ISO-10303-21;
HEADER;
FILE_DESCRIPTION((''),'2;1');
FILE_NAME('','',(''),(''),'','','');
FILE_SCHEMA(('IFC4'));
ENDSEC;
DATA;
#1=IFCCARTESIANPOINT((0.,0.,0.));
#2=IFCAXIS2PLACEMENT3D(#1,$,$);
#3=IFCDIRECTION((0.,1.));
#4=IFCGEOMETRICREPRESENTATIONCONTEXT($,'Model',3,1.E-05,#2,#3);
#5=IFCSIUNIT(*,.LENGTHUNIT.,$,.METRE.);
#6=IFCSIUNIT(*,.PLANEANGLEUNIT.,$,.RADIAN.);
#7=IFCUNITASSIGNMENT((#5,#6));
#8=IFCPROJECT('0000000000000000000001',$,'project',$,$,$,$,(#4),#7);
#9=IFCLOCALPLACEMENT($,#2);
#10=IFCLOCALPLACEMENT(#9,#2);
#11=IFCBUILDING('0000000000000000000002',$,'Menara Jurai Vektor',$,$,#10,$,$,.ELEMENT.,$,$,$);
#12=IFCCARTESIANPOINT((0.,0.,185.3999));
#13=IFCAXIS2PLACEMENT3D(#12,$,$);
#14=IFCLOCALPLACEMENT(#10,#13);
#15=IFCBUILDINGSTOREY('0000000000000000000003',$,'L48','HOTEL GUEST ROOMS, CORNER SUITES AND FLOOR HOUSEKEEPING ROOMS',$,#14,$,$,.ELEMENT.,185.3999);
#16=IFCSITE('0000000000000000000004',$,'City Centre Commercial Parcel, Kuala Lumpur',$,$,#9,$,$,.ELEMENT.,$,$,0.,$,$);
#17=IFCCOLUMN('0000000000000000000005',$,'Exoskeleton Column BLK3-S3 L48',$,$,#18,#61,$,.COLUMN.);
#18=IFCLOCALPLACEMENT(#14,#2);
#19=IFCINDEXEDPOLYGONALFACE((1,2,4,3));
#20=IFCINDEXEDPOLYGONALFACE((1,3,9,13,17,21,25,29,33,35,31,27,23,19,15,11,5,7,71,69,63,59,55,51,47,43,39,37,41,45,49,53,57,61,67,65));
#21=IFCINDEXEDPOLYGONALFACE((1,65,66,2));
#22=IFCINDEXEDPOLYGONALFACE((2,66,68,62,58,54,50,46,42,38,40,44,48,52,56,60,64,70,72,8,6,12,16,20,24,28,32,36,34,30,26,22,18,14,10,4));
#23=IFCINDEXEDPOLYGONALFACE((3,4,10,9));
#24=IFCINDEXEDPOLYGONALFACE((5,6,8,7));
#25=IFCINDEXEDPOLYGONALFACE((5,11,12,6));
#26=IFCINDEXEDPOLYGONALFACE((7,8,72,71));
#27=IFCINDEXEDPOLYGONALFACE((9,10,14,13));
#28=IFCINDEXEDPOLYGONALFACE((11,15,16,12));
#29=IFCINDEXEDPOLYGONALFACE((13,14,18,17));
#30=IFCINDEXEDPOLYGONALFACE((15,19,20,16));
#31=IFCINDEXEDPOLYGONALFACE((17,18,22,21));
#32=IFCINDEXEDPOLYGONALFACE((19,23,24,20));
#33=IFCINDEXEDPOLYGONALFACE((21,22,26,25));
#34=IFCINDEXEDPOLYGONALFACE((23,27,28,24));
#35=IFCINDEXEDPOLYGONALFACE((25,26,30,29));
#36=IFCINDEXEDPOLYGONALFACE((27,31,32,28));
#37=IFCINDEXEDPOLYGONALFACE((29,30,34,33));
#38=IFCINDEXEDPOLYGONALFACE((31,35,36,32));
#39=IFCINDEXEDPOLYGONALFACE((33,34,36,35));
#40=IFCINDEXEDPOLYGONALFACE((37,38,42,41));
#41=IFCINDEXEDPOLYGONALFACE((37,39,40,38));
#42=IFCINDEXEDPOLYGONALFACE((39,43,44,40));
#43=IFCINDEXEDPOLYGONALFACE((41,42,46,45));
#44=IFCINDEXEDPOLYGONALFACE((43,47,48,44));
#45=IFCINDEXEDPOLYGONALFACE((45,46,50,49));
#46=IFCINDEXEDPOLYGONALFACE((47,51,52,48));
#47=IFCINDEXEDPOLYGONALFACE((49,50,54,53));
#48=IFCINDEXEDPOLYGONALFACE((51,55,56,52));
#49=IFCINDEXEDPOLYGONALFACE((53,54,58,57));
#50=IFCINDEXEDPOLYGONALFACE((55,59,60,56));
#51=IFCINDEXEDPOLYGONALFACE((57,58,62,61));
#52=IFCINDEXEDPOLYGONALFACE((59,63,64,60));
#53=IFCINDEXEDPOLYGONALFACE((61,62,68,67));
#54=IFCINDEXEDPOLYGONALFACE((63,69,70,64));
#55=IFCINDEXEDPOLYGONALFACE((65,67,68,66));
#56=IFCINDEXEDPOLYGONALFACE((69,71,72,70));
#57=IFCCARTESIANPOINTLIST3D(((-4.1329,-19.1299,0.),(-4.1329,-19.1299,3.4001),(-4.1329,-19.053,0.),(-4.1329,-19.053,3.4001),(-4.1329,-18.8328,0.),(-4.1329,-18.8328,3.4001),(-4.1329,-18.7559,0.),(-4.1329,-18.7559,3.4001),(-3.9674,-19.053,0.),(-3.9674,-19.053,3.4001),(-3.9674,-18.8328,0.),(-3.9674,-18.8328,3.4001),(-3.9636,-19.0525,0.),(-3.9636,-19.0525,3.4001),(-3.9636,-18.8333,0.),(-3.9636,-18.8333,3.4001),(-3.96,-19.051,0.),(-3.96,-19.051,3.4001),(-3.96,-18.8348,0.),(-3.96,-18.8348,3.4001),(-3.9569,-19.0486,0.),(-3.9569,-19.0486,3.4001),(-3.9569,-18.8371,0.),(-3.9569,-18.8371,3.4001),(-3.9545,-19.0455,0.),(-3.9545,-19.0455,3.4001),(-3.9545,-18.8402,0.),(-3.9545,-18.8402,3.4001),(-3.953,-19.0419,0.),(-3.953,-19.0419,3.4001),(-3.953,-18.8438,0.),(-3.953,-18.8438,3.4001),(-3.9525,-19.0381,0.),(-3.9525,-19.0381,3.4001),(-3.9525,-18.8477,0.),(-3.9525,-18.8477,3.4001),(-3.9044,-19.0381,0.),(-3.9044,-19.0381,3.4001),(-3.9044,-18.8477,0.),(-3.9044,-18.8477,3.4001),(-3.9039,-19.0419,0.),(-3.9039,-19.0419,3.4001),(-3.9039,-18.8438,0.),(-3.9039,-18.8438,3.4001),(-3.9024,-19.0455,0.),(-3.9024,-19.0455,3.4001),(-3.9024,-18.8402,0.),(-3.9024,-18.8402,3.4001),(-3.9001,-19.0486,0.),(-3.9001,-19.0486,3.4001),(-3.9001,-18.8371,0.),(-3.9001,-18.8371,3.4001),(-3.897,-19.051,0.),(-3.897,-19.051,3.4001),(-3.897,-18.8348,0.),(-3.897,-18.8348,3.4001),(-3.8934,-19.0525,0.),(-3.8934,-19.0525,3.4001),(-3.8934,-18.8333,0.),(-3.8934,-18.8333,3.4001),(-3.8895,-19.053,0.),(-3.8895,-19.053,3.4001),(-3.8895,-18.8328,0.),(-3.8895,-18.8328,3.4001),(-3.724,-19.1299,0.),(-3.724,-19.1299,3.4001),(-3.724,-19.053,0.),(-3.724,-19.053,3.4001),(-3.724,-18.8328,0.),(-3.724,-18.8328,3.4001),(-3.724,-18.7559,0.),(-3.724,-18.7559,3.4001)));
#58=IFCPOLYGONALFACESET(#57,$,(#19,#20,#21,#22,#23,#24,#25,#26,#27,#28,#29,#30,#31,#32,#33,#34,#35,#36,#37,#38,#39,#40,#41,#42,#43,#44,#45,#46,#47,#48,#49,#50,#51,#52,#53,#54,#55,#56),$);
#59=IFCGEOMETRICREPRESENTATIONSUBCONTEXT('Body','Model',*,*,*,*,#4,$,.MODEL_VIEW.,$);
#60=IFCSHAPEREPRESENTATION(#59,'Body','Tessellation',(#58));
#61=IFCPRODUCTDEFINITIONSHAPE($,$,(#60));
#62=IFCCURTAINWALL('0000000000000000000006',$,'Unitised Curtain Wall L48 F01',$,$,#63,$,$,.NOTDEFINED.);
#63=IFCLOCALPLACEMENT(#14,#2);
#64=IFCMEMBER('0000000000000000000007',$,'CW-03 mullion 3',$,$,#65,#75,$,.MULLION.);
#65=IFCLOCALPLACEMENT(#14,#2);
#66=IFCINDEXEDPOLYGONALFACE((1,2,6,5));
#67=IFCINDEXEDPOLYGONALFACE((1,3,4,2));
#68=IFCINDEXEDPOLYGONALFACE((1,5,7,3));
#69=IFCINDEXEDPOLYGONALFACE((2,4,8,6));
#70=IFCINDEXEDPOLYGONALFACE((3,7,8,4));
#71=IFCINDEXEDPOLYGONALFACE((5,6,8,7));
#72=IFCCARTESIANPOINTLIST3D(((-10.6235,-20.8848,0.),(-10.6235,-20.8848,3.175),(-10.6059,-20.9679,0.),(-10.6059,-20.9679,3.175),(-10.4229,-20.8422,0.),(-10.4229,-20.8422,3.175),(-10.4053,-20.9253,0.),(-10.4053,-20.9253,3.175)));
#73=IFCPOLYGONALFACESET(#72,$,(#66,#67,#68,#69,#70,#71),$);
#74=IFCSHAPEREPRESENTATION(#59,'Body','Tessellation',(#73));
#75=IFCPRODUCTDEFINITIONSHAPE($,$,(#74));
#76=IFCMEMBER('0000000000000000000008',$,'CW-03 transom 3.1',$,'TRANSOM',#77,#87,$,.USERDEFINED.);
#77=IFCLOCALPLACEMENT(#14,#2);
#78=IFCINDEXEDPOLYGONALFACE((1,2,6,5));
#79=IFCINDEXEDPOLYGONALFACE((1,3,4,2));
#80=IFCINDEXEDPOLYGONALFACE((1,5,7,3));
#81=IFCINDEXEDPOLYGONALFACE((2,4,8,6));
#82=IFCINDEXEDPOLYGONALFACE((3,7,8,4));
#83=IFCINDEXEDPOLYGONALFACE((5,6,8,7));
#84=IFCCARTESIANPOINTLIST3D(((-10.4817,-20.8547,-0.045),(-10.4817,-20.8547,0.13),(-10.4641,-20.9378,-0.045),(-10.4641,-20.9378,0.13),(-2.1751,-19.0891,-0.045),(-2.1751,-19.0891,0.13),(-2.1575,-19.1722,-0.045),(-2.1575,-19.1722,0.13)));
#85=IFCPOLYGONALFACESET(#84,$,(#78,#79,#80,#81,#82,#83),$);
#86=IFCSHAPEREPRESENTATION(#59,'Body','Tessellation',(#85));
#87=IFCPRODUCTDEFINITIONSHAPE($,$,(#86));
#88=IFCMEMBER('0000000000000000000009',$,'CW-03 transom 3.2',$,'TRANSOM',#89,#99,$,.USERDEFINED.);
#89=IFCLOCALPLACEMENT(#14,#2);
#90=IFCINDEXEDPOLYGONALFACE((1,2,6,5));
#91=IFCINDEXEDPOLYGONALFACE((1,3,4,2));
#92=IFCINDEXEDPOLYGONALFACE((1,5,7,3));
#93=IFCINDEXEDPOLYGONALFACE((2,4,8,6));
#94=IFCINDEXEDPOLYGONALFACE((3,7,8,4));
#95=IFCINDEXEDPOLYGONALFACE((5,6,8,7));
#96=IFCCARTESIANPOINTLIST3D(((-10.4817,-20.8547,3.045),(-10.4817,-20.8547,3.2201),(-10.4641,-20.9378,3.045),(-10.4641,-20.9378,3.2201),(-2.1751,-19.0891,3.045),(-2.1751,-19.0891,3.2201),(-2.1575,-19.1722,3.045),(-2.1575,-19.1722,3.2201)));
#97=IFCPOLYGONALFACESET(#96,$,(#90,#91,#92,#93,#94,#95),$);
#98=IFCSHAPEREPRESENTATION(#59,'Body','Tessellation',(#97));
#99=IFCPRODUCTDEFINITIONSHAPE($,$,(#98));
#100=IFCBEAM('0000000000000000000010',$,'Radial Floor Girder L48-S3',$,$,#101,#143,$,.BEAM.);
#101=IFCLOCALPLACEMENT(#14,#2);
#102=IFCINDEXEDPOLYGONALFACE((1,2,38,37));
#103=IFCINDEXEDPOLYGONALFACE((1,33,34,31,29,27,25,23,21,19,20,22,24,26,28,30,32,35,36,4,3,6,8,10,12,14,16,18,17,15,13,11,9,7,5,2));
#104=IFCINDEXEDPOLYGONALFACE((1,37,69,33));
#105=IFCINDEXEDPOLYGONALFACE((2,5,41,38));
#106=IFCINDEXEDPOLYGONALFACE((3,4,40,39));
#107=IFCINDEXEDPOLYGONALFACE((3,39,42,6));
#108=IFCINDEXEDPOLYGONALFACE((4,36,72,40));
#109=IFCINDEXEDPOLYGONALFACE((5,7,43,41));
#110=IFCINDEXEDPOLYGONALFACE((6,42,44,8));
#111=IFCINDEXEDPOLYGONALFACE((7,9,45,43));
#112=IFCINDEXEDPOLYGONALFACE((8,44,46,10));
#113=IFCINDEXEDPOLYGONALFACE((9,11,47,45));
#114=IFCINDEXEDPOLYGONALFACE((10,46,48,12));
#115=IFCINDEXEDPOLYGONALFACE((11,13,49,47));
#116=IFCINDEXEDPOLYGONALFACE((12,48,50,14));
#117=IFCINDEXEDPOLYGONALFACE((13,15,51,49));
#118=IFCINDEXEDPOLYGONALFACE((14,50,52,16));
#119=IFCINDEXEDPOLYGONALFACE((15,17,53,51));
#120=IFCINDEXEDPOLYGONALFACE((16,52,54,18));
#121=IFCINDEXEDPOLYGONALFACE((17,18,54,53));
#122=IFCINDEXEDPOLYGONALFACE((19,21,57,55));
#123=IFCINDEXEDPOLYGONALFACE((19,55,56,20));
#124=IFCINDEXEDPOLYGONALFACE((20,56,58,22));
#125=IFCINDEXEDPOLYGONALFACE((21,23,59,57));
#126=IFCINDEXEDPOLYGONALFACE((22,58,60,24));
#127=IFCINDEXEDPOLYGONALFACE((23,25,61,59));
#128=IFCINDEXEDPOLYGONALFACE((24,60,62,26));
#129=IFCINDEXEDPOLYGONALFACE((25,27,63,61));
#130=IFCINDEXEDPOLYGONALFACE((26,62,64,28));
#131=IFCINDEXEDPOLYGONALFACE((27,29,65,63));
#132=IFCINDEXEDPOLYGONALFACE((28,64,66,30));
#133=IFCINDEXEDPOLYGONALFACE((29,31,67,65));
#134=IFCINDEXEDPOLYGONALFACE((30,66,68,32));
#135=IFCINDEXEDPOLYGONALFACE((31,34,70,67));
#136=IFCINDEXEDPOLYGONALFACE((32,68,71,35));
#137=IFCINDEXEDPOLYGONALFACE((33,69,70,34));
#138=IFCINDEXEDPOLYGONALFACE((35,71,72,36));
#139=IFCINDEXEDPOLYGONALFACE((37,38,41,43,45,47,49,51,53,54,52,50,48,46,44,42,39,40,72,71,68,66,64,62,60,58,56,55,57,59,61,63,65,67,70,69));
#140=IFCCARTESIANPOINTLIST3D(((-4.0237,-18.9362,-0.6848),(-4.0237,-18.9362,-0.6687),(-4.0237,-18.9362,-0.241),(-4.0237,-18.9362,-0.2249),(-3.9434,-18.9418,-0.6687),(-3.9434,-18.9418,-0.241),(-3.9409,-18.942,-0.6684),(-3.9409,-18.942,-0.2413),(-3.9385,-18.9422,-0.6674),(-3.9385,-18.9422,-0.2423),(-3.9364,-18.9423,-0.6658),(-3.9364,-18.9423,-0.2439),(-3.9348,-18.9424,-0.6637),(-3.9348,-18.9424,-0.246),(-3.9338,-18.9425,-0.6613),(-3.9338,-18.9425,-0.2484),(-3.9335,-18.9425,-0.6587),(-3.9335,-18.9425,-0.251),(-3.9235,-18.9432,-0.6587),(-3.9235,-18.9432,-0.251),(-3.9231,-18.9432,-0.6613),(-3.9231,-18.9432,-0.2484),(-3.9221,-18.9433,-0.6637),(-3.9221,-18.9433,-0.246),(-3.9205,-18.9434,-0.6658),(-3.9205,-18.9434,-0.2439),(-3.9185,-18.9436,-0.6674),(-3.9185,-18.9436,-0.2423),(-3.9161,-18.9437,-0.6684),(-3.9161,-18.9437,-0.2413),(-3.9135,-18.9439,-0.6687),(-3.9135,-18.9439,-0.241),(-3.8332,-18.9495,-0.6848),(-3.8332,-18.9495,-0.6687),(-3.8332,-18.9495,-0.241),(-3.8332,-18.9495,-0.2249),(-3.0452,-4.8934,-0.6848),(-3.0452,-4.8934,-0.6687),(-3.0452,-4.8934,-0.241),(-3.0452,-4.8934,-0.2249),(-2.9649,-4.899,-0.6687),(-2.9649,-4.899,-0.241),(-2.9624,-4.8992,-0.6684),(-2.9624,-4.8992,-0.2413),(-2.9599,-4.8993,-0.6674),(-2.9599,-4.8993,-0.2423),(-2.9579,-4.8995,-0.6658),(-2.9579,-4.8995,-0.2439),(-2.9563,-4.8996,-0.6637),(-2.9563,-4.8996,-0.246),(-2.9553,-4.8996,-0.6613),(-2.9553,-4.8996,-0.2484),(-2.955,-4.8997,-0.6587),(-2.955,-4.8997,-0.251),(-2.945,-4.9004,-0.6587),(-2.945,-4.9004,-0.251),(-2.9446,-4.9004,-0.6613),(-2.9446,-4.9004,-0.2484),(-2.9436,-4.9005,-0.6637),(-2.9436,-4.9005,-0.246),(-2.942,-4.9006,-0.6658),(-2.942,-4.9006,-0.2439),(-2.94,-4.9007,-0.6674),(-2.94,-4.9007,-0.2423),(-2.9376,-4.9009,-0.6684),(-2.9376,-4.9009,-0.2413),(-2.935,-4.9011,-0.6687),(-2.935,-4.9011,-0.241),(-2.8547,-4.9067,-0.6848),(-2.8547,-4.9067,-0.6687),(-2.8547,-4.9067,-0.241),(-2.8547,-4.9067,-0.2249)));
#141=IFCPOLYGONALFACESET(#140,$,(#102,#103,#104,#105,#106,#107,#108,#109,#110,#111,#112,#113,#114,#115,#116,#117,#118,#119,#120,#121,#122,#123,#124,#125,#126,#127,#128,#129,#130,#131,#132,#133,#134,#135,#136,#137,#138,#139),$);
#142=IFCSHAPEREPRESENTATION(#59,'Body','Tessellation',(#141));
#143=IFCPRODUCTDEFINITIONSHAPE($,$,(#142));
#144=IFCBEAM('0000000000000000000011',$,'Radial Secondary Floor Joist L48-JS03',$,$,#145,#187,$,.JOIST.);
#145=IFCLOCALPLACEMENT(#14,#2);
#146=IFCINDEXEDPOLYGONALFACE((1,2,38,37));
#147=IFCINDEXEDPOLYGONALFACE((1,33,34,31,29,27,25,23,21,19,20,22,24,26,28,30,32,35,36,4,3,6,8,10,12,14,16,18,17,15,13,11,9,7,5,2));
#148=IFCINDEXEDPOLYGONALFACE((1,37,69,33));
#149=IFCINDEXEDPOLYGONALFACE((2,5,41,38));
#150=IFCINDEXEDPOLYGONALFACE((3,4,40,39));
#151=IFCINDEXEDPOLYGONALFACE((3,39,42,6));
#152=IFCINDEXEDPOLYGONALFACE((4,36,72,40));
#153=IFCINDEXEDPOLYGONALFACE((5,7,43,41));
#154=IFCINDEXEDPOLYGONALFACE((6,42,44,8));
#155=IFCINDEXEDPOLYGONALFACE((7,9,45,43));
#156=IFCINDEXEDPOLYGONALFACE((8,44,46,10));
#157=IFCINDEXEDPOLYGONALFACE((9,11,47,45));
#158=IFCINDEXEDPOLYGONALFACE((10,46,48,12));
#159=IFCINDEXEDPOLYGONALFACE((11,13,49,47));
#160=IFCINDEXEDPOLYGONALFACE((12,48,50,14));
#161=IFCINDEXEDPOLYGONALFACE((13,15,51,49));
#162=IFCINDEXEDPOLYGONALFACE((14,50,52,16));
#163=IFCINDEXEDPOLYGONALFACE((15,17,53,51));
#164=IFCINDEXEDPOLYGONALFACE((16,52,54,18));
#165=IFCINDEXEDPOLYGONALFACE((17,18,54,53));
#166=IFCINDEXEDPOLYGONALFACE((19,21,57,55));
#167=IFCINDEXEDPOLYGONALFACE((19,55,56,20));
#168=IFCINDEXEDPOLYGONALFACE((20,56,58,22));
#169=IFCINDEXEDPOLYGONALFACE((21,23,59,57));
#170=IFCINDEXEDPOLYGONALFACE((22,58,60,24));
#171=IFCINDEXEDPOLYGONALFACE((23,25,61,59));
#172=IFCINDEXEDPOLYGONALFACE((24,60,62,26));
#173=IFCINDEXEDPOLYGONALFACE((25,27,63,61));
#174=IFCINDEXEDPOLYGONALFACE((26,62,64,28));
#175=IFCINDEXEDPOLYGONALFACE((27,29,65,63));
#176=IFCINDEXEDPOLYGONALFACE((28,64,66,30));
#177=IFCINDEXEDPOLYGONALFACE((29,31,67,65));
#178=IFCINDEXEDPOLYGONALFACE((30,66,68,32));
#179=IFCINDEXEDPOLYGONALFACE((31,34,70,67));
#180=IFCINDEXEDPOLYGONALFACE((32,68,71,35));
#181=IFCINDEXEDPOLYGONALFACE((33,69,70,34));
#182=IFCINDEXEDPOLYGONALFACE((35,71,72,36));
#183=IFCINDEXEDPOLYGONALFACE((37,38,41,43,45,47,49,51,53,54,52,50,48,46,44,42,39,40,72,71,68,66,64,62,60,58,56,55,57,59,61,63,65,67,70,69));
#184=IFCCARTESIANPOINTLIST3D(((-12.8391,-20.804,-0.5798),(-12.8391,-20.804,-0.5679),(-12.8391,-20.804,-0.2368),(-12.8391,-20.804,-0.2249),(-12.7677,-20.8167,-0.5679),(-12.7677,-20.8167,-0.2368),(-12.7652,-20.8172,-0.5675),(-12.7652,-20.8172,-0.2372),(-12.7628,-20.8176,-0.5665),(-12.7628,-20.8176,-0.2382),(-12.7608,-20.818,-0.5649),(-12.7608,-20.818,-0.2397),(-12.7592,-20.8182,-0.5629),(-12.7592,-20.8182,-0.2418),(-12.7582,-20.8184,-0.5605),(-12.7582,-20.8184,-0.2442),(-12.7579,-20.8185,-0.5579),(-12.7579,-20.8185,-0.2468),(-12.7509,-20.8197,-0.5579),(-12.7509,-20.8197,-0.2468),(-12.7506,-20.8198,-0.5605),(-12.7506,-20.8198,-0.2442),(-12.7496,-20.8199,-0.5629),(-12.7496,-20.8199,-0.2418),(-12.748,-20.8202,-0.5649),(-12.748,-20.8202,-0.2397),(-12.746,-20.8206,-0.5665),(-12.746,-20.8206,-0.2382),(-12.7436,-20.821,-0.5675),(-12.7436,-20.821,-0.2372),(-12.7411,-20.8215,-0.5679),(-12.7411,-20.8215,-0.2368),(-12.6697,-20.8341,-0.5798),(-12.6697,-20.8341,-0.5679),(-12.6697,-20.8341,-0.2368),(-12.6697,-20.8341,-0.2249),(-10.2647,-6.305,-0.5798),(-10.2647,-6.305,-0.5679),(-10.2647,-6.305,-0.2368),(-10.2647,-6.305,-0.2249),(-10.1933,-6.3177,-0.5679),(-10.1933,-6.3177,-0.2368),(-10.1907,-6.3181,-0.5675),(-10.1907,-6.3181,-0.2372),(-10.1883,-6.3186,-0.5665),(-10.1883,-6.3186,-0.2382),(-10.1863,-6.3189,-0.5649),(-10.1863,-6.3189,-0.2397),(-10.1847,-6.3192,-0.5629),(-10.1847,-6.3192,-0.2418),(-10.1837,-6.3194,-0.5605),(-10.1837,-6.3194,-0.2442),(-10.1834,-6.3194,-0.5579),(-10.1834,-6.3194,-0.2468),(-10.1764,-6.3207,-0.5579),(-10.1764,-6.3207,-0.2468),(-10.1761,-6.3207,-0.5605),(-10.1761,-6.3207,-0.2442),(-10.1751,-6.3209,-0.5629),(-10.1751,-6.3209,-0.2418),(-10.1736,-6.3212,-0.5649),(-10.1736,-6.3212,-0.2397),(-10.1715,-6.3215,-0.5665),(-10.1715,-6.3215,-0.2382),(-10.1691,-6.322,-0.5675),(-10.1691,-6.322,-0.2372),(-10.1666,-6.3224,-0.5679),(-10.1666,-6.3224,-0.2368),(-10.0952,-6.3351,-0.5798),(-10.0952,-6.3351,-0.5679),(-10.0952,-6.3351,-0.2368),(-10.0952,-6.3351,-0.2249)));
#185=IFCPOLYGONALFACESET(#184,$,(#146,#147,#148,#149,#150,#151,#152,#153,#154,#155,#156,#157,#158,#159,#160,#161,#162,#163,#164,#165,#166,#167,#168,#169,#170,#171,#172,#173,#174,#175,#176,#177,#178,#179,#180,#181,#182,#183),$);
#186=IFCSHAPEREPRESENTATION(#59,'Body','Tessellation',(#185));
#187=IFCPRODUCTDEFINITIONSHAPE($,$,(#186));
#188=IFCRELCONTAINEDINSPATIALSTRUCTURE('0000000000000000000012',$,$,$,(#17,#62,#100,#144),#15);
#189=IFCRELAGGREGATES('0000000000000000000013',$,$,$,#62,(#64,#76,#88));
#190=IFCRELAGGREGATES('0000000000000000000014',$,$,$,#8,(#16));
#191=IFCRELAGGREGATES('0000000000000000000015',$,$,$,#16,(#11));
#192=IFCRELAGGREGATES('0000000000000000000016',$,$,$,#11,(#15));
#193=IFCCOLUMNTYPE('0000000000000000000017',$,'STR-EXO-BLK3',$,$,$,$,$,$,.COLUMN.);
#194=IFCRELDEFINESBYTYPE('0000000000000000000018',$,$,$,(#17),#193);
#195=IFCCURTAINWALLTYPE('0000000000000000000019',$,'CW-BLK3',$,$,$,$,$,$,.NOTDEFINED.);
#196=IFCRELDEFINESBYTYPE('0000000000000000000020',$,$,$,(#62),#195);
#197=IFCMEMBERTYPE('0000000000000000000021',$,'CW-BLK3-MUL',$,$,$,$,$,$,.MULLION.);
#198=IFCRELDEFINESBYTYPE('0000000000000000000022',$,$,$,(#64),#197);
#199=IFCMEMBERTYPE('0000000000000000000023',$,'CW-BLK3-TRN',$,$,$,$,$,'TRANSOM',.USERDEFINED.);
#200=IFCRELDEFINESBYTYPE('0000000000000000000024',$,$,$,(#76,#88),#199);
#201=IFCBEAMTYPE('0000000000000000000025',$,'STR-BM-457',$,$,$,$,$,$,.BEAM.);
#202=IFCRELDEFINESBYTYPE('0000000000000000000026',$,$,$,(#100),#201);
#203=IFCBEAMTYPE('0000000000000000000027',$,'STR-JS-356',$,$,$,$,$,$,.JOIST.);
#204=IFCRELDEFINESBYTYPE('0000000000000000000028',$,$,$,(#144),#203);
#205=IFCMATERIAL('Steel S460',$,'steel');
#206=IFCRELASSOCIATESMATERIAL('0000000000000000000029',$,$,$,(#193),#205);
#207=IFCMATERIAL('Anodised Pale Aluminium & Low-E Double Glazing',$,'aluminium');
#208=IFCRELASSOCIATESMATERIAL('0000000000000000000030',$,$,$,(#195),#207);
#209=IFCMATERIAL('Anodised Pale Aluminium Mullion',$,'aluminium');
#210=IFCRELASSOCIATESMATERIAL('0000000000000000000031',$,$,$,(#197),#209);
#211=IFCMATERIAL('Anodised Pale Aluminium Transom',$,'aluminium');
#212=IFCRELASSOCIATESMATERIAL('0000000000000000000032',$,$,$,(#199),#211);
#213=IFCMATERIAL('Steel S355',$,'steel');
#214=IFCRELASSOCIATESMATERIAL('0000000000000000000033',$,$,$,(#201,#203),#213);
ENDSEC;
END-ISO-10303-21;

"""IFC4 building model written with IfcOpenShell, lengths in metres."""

from ifc_helpers import new_model, si_unit, direction, frame, origin, origin_2d, place, context, subcontext, project, spatial, rectangle, i_section, extrude, material, material_profile, profile_set, type_object, element, aggregate, save


model = new_model("IFC4")

# Units and contexts
model_context = context("Model", 3, precision=1e-05, world=origin(), true_north=direction((0.0, 1.0)))
body_context = subcontext(model_context, "Body", "Model", "MODEL_VIEW")
ifc_project = project(units=[si_unit("LENGTHUNIT", "METRE"), si_unit("PLANEANGLEUNIT", "RADIAN")], contexts=[model_context])

# Site, building, storey
site_placement = place(None, origin())
site = spatial("IfcSite", under=ifc_project, at=site_placement, Name="City Centre Commercial Parcel, Kuala Lumpur", CompositionType="ELEMENT", RefElevation=0.0)
building_placement = place(site_placement, origin())
building = spatial("IfcBuilding", under=site, at=building_placement, Name="Menara Jurai Vektor", CompositionType="ELEMENT")
storey_placement = place(building_placement, frame((0.0, 0.0, 185.3999)))
storey = spatial("IfcBuildingStorey", under=building, at=storey_placement, Name="L48", Description="HOTEL GUEST ROOMS, CORNER SUITES AND FLOOR HOUSEKEEPING ROOMS", CompositionType="ELEMENT", Elevation=185.3999)

# Column
ifc_material_1 = material(Name="Steel S460", Category="steel")
ifc_material_profile_1 = material_profile(ifc_material_1, i_section(OverallWidth=0.4089, OverallDepth=0.374, WebThickness=0.0481, FlangeThickness=0.0769, FilletRadius=0.0149, at=origin_2d()), Name="HD 400x634")
ifc_profile_set_1 = profile_set([ifc_material_profile_1], Name="Steel S460")
column_type = type_object("IfcColumnType", Name="STR-EXO-BLK3", PredefinedType="COLUMN", material=ifc_profile_set_1)
column_placement = place(storey_placement, frame((-3.9285, -18.9429, 0.0), z_axis=(0.0, 0.0, 1.0), x_axis=(1.0, 0.0, 0.0)))
element("IfcColumn", 1, at=column_placement, inside=storey, type_object=column_type, Name="Exoskeleton Column BLK3-S3 L48", PredefinedType="COLUMN", context=body_context, shape_type="SweptSolid", body=[
    extrude(i_section(OverallWidth=0.4089, OverallDepth=0.374, WebThickness=0.0481, FlangeThickness=0.0769, FilletRadius=0.0149, at=origin_2d()), origin(), (0.0, 0.0, 1.0), 3.4001),
])

# Curtain wall, members
ifc_material_2 = material(Name="Anodised Pale Aluminium & Low-E Double Glazing", Category="aluminium")
curtain_wall_type = type_object("IfcCurtainWallType", Name="CW-BLK3", PredefinedType="NOTDEFINED", material=ifc_material_2)
curtain_wall_placement = place(storey_placement, origin())
curtain_wall = element("IfcCurtainWall", 2, at=curtain_wall_placement, inside=storey, type_object=curtain_wall_type, Name="Unitised Curtain Wall L48 F01", PredefinedType="NOTDEFINED")
ifc_material_3 = material(Name="Anodised Pale Aluminium Mullion", Category="aluminium")
ifc_material_profile_2 = material_profile(ifc_material_3, rectangle(XDim=0.085, YDim=0.2051, at=origin_2d()), Name="ALU MUL 85x205")
ifc_profile_set_2 = profile_set([ifc_material_profile_2], Name="Anodised Pale Aluminium Mullion")
member_type_1 = type_object("IfcMemberType", Name="CW-BLK3-MUL", PredefinedType="MULLION", material=ifc_profile_set_2)
member_1_placement = place(storey_placement, frame((-10.5144, -20.905, 0.0), z_axis=(0.0, 0.0, 1.0), x_axis=(-0.207911, 0.978148, 0.0)))
member_1 = element("IfcMember", 3, at=member_1_placement, type_object=member_type_1, Name="CW-03 mullion 3", PredefinedType="MULLION", context=body_context, shape_type="SweptSolid", body=[
    extrude(rectangle(XDim=0.085, YDim=0.2051, at=origin_2d()), origin(), (0.0, 0.0, 1.0), 3.175),
])
ifc_material_4 = material(Name="Anodised Pale Aluminium Transom", Category="aluminium")
ifc_material_profile_3 = material_profile(ifc_material_4, rectangle(XDim=0.085, YDim=0.175, at=origin_2d()), Name="ALU TRN 85x175")
ifc_profile_set_3 = profile_set([ifc_material_profile_3], Name="Anodised Pale Aluminium Transom")
member_type_2 = type_object("IfcMemberType", Name="CW-BLK3-TRN", ElementType="TRANSOM", PredefinedType="USERDEFINED", material=ifc_profile_set_3)
member_2_placement = place(storey_placement, frame((-10.4729, -20.8962, 0.0425), z_axis=(0.978148, 0.207911, 0.0), x_axis=(-0.207911, 0.978148, 0.0)))
member_2 = element("IfcMember", 4, at=member_2_placement, type_object=member_type_2, Name="CW-03 transom 3.1", ObjectType="TRANSOM", PredefinedType="USERDEFINED", context=body_context, shape_type="SweptSolid", body=[
    extrude(rectangle(XDim=0.085, YDim=0.175, at=origin_2d()), origin(), (0.0, 0.0, 1.0), 8.4922),
])
member_3_placement = place(storey_placement, frame((-10.4729, -20.8962, 3.1326), z_axis=(0.978148, 0.207911, 0.0), x_axis=(-0.207911, 0.978148, 0.0)))
member_3 = element("IfcMember", 5, at=member_3_placement, type_object=member_type_2, Name="CW-03 transom 3.2", ObjectType="TRANSOM", PredefinedType="USERDEFINED", context=body_context, shape_type="SweptSolid", body=[
    extrude(rectangle(XDim=0.085, YDim=0.175, at=origin_2d()), origin(), (0.0, 0.0, 1.0), 8.4922),
])

# Beams
ifc_material_5 = material(Name="Steel S355", Category="steel")
ifc_material_profile_4 = material_profile(ifc_material_5, i_section(OverallWidth=0.1909, OverallDepth=0.46, WebThickness=0.01, FlangeThickness=0.0161, FilletRadius=0.01, at=origin_2d()), Name="UKB 457x191x82")
ifc_profile_set_4 = profile_set([ifc_material_profile_4], Name="Steel S355")
beam_type_1 = type_object("IfcBeamType", Name="STR-BM-457", PredefinedType="BEAM", material=ifc_profile_set_4)
beam_1_placement = place(storey_placement, frame((-3.9285, -18.9429, -0.4548), z_axis=(0.069512, 0.997581, 0.0), x_axis=(-0.997581, 0.069512, 0.0)))
element("IfcBeam", 6, at=beam_1_placement, inside=storey, type_object=beam_type_1, Name="Radial Floor Girder L48-S3", PredefinedType="BEAM", context=body_context, shape_type="SweptSolid", body=[
    extrude(i_section(OverallWidth=0.1909, OverallDepth=0.46, WebThickness=0.01, FlangeThickness=0.0161, FilletRadius=0.01, at=origin_2d()), origin(), (0.0, 0.0, 1.0), 14.0769),
])
ifc_material_profile_5 = material_profile(ifc_material_5, i_section(OverallWidth=0.1721, OverallDepth=0.355, WebThickness=0.0071, FlangeThickness=0.012, FilletRadius=0.01, at=origin_2d()), Name="UKB 356x171x51")
ifc_profile_set_5 = profile_set([ifc_material_profile_5], Name="Steel S355")
beam_type_2 = type_object("IfcBeamType", Name="STR-JS-356", PredefinedType="JOIST", material=ifc_profile_set_5)
beam_2_placement = place(storey_placement, frame((-12.7544, -20.8191, -0.4023), z_axis=(0.174827, 0.984599, 0.0), x_axis=(-0.984599, 0.174827, 0.0)))
element("IfcBeam", 7, at=beam_2_placement, inside=storey, type_object=beam_type_2, Name="Radial Secondary Floor Joist L48-JS03", PredefinedType="JOIST", context=body_context, shape_type="SweptSolid", body=[
    extrude(i_section(OverallWidth=0.1721, OverallDepth=0.355, WebThickness=0.0071, FlangeThickness=0.012, FilletRadius=0.01, at=origin_2d()), origin(), (0.0, 0.0, 1.0), 14.7258),
])

aggregate(curtain_wall, [member_1, member_2, member_3])

save(model, "model.ifc")
